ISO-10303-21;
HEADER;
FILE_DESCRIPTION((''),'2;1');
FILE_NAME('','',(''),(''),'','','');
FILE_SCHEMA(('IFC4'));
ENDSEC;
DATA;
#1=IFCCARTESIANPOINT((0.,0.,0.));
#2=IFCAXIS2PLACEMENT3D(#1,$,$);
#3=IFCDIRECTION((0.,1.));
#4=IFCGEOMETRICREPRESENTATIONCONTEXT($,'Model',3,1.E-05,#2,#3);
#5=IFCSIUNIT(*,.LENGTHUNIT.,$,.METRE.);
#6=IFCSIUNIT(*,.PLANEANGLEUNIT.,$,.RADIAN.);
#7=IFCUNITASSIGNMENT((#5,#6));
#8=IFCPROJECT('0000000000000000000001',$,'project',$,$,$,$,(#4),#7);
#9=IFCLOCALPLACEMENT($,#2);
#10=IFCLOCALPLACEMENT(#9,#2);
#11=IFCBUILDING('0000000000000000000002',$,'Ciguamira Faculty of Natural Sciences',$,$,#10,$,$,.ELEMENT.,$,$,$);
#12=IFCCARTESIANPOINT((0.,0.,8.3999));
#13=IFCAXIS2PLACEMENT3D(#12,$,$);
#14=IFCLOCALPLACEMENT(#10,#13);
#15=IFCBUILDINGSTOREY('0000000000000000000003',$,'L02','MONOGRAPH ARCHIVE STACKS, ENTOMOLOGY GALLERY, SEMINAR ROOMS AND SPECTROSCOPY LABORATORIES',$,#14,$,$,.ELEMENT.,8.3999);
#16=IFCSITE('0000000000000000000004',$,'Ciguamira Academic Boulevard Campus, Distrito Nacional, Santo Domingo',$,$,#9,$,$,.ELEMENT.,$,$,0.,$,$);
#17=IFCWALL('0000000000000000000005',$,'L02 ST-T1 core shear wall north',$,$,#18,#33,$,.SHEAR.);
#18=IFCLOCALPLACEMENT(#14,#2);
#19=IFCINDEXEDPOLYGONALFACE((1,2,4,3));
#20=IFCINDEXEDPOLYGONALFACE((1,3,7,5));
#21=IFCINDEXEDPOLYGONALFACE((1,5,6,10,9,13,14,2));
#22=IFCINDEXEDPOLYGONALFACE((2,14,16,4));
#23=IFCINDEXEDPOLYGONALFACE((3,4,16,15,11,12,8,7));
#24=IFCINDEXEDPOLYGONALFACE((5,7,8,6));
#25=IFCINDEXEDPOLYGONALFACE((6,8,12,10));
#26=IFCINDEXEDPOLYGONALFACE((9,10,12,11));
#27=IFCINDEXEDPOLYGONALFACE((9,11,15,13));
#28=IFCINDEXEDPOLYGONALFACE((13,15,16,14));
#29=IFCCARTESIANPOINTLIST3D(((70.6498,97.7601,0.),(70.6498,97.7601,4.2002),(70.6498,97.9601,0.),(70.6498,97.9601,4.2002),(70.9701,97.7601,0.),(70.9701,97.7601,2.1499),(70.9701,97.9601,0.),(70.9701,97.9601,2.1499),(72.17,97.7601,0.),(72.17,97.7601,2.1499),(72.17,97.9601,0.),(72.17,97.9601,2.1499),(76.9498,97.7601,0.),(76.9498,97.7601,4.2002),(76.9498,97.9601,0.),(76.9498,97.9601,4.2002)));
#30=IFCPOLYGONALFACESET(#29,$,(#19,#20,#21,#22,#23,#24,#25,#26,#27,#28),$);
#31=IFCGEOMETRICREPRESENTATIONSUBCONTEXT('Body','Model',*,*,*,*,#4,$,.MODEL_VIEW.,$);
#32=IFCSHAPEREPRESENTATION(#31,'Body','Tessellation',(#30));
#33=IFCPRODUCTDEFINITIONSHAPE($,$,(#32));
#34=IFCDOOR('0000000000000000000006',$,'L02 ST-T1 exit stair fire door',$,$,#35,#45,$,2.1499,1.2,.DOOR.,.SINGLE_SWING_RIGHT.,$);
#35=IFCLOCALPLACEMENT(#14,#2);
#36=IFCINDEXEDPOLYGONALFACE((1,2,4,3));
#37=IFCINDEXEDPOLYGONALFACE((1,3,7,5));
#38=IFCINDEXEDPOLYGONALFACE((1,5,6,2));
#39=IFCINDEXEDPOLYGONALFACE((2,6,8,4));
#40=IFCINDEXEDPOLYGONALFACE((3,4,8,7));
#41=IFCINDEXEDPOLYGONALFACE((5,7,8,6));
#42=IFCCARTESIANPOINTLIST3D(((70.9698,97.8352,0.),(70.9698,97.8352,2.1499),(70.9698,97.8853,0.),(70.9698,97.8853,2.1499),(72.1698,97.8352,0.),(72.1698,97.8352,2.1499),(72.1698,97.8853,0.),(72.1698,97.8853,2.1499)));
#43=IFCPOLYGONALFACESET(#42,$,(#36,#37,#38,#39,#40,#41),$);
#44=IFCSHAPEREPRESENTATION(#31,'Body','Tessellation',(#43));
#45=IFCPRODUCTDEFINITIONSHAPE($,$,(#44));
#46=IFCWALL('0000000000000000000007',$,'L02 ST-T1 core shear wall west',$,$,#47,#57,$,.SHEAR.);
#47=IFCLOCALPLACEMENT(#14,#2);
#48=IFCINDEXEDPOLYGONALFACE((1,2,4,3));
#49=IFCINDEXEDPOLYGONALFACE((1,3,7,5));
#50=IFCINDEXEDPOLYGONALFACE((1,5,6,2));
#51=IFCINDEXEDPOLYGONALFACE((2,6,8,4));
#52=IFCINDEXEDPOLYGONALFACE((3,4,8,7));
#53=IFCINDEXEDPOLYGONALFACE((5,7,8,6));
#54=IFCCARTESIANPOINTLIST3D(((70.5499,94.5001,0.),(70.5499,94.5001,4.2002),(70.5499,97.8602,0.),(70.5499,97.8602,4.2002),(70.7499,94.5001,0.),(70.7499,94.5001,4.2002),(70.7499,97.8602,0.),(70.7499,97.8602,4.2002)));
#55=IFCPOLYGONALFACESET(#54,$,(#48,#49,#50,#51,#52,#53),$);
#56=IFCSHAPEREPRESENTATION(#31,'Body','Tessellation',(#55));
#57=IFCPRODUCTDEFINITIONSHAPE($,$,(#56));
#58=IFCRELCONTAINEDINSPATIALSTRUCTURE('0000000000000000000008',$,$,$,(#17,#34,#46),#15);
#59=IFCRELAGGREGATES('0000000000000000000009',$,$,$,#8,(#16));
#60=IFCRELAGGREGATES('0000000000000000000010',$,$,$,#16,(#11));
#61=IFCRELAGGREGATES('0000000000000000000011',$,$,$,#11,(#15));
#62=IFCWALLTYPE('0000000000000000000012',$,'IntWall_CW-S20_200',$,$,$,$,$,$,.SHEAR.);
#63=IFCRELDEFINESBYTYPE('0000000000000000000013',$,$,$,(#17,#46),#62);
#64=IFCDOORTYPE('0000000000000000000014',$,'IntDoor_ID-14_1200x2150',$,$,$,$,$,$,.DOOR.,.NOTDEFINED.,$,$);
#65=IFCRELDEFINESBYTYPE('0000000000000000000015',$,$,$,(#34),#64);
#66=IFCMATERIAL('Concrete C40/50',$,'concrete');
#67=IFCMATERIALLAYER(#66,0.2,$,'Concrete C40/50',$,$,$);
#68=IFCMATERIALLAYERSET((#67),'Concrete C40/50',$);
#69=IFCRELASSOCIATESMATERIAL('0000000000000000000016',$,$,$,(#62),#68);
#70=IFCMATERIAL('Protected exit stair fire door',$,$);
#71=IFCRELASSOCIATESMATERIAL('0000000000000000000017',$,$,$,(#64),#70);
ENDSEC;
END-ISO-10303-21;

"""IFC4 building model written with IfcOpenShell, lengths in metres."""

from ifc_helpers import new_model, si_unit, direction, frame, frame_2d, origin, place, context, subcontext, project, spatial, rectangle, extrude, material, layer, layer_set, type_object, element, fill, save


model = new_model("IFC4")

# Units and contexts
model_context = context("Model", 3, precision=1e-05, world=origin(), true_north=direction((0.0, 1.0)))
body_context = subcontext(model_context, "Body", "Model", "MODEL_VIEW")
ifc_project = project(units=[si_unit("LENGTHUNIT", "METRE"), si_unit("PLANEANGLEUNIT", "RADIAN")], contexts=[model_context])

# Site, building, storey
site_placement = place(None, origin())
site = spatial("IfcSite", under=ifc_project, at=site_placement, Name="Ciguamira Academic Boulevard Campus, Distrito Nacional, Santo Domingo", CompositionType="ELEMENT", RefElevation=0.0)
building_placement = place(site_placement, origin())
building = spatial("IfcBuilding", under=site, at=building_placement, Name="Ciguamira Faculty of Natural Sciences", CompositionType="ELEMENT")
storey_placement = place(building_placement, frame((0.0, 0.0, 8.3999)))
storey = spatial("IfcBuildingStorey", under=building, at=storey_placement, Name="L02", Description="MONOGRAPH ARCHIVE STACKS, ENTOMOLOGY GALLERY, SEMINAR ROOMS AND SPECTROSCOPY LABORATORIES", CompositionType="ELEMENT", Elevation=8.3999)

# Shared definitions
ifc_material_1 = material(Name="Concrete C40/50", Category="concrete")

# Shared definitions
ifc_layer_1 = layer(ifc_material_1, 0.2, Name="Concrete C40/50")
ifc_layer_set_1 = layer_set([ifc_layer_1], Name="Concrete C40/50")
wall_type_1 = type_object("IfcWallType", Name="IntWall_CW-S20_200", PredefinedType="SHEAR", material=ifc_layer_set_1)

# Wall, opening, door
wall_1_placement = place(storey_placement, frame((70.6499, 97.8601, 0.0), z_axis=(0.0, 0.0, 1.0), x_axis=(1.0, 0.0, 0.0)))
wall_1 = element("IfcWall", 1, at=wall_1_placement, inside=storey, type_object=wall_type_1, Name="L02 ST-T1 core shear wall north", PredefinedType="SHEAR", context=body_context, shape_type="SweptSolid", body=[
    extrude(rectangle(XDim=6.3, YDim=0.2, at=frame_2d((3.1499, 0.0))), origin(), (0.0, 0.0, 1.0), 4.2002),
])
opening_1_placement = place(wall_1_placement, frame((0.3201, 0.0, 0.0)))
opening_1 = element("IfcOpeningElement", 2, at=opening_1_placement, cuts=wall_1, PredefinedType="OPENING", context=body_context, shape_type="SweptSolid", body=[
    extrude(rectangle(XDim=1.2, YDim=2.1499, at=frame_2d((0.6001, 1.075))), frame((0.0, 0.1099, 0.0), z_axis=(0.0, -1.0, 0.0), x_axis=(1.0, 0.0, 0.0)), (0.0, 0.0, 1.0), 0.22),
])
ifc_material_2 = material(Name="Protected exit stair fire door")
door_type = type_object("IfcDoorType", Name="IntDoor_ID-14_1200x2150", OperationType="NOTDEFINED", PredefinedType="DOOR", material=ifc_material_2)
door_placement = place(opening_1_placement, frame((1.2, 0.0, 0.0), z_axis=(0.0, 0.0, 1.0), x_axis=(-1.0, 0.0, 0.0)))
door = element("IfcDoor", 3, at=door_placement, inside=storey, type_object=door_type, Name="L02 ST-T1 exit stair fire door", OperationType="SINGLE_SWING_RIGHT", OverallHeight=2.1499, OverallWidth=1.2, PredefinedType="DOOR", context=body_context, shape_type="SweptSolid", body=[
    extrude(rectangle(XDim=1.2, YDim=2.1499, at=frame_2d((0.6001, 1.075))), frame((0.0, 0.0249, 0.0), z_axis=(0.0, -1.0, 0.0), x_axis=(1.0, 0.0, 0.0)), (0.0, 0.0, 1.0), 0.05),
])
fill(opening_1, door)

# Wall
wall_2_placement = place(storey_placement, frame((70.6499, 94.5, 0.0), z_axis=(0.0, 0.0, 1.0), x_axis=(0.0, 1.0, 0.0)))
element("IfcWall", 4, at=wall_2_placement, inside=storey, type_object=wall_type_1, Name="L02 ST-T1 core shear wall west", PredefinedType="SHEAR", context=body_context, shape_type="SweptSolid", body=[
    extrude(rectangle(XDim=3.3601, YDim=0.2, at=frame_2d((1.6802, 0.0))), origin(), (0.0, 0.0, 1.0), 4.2002),
])

save(model, "model.ifc")
